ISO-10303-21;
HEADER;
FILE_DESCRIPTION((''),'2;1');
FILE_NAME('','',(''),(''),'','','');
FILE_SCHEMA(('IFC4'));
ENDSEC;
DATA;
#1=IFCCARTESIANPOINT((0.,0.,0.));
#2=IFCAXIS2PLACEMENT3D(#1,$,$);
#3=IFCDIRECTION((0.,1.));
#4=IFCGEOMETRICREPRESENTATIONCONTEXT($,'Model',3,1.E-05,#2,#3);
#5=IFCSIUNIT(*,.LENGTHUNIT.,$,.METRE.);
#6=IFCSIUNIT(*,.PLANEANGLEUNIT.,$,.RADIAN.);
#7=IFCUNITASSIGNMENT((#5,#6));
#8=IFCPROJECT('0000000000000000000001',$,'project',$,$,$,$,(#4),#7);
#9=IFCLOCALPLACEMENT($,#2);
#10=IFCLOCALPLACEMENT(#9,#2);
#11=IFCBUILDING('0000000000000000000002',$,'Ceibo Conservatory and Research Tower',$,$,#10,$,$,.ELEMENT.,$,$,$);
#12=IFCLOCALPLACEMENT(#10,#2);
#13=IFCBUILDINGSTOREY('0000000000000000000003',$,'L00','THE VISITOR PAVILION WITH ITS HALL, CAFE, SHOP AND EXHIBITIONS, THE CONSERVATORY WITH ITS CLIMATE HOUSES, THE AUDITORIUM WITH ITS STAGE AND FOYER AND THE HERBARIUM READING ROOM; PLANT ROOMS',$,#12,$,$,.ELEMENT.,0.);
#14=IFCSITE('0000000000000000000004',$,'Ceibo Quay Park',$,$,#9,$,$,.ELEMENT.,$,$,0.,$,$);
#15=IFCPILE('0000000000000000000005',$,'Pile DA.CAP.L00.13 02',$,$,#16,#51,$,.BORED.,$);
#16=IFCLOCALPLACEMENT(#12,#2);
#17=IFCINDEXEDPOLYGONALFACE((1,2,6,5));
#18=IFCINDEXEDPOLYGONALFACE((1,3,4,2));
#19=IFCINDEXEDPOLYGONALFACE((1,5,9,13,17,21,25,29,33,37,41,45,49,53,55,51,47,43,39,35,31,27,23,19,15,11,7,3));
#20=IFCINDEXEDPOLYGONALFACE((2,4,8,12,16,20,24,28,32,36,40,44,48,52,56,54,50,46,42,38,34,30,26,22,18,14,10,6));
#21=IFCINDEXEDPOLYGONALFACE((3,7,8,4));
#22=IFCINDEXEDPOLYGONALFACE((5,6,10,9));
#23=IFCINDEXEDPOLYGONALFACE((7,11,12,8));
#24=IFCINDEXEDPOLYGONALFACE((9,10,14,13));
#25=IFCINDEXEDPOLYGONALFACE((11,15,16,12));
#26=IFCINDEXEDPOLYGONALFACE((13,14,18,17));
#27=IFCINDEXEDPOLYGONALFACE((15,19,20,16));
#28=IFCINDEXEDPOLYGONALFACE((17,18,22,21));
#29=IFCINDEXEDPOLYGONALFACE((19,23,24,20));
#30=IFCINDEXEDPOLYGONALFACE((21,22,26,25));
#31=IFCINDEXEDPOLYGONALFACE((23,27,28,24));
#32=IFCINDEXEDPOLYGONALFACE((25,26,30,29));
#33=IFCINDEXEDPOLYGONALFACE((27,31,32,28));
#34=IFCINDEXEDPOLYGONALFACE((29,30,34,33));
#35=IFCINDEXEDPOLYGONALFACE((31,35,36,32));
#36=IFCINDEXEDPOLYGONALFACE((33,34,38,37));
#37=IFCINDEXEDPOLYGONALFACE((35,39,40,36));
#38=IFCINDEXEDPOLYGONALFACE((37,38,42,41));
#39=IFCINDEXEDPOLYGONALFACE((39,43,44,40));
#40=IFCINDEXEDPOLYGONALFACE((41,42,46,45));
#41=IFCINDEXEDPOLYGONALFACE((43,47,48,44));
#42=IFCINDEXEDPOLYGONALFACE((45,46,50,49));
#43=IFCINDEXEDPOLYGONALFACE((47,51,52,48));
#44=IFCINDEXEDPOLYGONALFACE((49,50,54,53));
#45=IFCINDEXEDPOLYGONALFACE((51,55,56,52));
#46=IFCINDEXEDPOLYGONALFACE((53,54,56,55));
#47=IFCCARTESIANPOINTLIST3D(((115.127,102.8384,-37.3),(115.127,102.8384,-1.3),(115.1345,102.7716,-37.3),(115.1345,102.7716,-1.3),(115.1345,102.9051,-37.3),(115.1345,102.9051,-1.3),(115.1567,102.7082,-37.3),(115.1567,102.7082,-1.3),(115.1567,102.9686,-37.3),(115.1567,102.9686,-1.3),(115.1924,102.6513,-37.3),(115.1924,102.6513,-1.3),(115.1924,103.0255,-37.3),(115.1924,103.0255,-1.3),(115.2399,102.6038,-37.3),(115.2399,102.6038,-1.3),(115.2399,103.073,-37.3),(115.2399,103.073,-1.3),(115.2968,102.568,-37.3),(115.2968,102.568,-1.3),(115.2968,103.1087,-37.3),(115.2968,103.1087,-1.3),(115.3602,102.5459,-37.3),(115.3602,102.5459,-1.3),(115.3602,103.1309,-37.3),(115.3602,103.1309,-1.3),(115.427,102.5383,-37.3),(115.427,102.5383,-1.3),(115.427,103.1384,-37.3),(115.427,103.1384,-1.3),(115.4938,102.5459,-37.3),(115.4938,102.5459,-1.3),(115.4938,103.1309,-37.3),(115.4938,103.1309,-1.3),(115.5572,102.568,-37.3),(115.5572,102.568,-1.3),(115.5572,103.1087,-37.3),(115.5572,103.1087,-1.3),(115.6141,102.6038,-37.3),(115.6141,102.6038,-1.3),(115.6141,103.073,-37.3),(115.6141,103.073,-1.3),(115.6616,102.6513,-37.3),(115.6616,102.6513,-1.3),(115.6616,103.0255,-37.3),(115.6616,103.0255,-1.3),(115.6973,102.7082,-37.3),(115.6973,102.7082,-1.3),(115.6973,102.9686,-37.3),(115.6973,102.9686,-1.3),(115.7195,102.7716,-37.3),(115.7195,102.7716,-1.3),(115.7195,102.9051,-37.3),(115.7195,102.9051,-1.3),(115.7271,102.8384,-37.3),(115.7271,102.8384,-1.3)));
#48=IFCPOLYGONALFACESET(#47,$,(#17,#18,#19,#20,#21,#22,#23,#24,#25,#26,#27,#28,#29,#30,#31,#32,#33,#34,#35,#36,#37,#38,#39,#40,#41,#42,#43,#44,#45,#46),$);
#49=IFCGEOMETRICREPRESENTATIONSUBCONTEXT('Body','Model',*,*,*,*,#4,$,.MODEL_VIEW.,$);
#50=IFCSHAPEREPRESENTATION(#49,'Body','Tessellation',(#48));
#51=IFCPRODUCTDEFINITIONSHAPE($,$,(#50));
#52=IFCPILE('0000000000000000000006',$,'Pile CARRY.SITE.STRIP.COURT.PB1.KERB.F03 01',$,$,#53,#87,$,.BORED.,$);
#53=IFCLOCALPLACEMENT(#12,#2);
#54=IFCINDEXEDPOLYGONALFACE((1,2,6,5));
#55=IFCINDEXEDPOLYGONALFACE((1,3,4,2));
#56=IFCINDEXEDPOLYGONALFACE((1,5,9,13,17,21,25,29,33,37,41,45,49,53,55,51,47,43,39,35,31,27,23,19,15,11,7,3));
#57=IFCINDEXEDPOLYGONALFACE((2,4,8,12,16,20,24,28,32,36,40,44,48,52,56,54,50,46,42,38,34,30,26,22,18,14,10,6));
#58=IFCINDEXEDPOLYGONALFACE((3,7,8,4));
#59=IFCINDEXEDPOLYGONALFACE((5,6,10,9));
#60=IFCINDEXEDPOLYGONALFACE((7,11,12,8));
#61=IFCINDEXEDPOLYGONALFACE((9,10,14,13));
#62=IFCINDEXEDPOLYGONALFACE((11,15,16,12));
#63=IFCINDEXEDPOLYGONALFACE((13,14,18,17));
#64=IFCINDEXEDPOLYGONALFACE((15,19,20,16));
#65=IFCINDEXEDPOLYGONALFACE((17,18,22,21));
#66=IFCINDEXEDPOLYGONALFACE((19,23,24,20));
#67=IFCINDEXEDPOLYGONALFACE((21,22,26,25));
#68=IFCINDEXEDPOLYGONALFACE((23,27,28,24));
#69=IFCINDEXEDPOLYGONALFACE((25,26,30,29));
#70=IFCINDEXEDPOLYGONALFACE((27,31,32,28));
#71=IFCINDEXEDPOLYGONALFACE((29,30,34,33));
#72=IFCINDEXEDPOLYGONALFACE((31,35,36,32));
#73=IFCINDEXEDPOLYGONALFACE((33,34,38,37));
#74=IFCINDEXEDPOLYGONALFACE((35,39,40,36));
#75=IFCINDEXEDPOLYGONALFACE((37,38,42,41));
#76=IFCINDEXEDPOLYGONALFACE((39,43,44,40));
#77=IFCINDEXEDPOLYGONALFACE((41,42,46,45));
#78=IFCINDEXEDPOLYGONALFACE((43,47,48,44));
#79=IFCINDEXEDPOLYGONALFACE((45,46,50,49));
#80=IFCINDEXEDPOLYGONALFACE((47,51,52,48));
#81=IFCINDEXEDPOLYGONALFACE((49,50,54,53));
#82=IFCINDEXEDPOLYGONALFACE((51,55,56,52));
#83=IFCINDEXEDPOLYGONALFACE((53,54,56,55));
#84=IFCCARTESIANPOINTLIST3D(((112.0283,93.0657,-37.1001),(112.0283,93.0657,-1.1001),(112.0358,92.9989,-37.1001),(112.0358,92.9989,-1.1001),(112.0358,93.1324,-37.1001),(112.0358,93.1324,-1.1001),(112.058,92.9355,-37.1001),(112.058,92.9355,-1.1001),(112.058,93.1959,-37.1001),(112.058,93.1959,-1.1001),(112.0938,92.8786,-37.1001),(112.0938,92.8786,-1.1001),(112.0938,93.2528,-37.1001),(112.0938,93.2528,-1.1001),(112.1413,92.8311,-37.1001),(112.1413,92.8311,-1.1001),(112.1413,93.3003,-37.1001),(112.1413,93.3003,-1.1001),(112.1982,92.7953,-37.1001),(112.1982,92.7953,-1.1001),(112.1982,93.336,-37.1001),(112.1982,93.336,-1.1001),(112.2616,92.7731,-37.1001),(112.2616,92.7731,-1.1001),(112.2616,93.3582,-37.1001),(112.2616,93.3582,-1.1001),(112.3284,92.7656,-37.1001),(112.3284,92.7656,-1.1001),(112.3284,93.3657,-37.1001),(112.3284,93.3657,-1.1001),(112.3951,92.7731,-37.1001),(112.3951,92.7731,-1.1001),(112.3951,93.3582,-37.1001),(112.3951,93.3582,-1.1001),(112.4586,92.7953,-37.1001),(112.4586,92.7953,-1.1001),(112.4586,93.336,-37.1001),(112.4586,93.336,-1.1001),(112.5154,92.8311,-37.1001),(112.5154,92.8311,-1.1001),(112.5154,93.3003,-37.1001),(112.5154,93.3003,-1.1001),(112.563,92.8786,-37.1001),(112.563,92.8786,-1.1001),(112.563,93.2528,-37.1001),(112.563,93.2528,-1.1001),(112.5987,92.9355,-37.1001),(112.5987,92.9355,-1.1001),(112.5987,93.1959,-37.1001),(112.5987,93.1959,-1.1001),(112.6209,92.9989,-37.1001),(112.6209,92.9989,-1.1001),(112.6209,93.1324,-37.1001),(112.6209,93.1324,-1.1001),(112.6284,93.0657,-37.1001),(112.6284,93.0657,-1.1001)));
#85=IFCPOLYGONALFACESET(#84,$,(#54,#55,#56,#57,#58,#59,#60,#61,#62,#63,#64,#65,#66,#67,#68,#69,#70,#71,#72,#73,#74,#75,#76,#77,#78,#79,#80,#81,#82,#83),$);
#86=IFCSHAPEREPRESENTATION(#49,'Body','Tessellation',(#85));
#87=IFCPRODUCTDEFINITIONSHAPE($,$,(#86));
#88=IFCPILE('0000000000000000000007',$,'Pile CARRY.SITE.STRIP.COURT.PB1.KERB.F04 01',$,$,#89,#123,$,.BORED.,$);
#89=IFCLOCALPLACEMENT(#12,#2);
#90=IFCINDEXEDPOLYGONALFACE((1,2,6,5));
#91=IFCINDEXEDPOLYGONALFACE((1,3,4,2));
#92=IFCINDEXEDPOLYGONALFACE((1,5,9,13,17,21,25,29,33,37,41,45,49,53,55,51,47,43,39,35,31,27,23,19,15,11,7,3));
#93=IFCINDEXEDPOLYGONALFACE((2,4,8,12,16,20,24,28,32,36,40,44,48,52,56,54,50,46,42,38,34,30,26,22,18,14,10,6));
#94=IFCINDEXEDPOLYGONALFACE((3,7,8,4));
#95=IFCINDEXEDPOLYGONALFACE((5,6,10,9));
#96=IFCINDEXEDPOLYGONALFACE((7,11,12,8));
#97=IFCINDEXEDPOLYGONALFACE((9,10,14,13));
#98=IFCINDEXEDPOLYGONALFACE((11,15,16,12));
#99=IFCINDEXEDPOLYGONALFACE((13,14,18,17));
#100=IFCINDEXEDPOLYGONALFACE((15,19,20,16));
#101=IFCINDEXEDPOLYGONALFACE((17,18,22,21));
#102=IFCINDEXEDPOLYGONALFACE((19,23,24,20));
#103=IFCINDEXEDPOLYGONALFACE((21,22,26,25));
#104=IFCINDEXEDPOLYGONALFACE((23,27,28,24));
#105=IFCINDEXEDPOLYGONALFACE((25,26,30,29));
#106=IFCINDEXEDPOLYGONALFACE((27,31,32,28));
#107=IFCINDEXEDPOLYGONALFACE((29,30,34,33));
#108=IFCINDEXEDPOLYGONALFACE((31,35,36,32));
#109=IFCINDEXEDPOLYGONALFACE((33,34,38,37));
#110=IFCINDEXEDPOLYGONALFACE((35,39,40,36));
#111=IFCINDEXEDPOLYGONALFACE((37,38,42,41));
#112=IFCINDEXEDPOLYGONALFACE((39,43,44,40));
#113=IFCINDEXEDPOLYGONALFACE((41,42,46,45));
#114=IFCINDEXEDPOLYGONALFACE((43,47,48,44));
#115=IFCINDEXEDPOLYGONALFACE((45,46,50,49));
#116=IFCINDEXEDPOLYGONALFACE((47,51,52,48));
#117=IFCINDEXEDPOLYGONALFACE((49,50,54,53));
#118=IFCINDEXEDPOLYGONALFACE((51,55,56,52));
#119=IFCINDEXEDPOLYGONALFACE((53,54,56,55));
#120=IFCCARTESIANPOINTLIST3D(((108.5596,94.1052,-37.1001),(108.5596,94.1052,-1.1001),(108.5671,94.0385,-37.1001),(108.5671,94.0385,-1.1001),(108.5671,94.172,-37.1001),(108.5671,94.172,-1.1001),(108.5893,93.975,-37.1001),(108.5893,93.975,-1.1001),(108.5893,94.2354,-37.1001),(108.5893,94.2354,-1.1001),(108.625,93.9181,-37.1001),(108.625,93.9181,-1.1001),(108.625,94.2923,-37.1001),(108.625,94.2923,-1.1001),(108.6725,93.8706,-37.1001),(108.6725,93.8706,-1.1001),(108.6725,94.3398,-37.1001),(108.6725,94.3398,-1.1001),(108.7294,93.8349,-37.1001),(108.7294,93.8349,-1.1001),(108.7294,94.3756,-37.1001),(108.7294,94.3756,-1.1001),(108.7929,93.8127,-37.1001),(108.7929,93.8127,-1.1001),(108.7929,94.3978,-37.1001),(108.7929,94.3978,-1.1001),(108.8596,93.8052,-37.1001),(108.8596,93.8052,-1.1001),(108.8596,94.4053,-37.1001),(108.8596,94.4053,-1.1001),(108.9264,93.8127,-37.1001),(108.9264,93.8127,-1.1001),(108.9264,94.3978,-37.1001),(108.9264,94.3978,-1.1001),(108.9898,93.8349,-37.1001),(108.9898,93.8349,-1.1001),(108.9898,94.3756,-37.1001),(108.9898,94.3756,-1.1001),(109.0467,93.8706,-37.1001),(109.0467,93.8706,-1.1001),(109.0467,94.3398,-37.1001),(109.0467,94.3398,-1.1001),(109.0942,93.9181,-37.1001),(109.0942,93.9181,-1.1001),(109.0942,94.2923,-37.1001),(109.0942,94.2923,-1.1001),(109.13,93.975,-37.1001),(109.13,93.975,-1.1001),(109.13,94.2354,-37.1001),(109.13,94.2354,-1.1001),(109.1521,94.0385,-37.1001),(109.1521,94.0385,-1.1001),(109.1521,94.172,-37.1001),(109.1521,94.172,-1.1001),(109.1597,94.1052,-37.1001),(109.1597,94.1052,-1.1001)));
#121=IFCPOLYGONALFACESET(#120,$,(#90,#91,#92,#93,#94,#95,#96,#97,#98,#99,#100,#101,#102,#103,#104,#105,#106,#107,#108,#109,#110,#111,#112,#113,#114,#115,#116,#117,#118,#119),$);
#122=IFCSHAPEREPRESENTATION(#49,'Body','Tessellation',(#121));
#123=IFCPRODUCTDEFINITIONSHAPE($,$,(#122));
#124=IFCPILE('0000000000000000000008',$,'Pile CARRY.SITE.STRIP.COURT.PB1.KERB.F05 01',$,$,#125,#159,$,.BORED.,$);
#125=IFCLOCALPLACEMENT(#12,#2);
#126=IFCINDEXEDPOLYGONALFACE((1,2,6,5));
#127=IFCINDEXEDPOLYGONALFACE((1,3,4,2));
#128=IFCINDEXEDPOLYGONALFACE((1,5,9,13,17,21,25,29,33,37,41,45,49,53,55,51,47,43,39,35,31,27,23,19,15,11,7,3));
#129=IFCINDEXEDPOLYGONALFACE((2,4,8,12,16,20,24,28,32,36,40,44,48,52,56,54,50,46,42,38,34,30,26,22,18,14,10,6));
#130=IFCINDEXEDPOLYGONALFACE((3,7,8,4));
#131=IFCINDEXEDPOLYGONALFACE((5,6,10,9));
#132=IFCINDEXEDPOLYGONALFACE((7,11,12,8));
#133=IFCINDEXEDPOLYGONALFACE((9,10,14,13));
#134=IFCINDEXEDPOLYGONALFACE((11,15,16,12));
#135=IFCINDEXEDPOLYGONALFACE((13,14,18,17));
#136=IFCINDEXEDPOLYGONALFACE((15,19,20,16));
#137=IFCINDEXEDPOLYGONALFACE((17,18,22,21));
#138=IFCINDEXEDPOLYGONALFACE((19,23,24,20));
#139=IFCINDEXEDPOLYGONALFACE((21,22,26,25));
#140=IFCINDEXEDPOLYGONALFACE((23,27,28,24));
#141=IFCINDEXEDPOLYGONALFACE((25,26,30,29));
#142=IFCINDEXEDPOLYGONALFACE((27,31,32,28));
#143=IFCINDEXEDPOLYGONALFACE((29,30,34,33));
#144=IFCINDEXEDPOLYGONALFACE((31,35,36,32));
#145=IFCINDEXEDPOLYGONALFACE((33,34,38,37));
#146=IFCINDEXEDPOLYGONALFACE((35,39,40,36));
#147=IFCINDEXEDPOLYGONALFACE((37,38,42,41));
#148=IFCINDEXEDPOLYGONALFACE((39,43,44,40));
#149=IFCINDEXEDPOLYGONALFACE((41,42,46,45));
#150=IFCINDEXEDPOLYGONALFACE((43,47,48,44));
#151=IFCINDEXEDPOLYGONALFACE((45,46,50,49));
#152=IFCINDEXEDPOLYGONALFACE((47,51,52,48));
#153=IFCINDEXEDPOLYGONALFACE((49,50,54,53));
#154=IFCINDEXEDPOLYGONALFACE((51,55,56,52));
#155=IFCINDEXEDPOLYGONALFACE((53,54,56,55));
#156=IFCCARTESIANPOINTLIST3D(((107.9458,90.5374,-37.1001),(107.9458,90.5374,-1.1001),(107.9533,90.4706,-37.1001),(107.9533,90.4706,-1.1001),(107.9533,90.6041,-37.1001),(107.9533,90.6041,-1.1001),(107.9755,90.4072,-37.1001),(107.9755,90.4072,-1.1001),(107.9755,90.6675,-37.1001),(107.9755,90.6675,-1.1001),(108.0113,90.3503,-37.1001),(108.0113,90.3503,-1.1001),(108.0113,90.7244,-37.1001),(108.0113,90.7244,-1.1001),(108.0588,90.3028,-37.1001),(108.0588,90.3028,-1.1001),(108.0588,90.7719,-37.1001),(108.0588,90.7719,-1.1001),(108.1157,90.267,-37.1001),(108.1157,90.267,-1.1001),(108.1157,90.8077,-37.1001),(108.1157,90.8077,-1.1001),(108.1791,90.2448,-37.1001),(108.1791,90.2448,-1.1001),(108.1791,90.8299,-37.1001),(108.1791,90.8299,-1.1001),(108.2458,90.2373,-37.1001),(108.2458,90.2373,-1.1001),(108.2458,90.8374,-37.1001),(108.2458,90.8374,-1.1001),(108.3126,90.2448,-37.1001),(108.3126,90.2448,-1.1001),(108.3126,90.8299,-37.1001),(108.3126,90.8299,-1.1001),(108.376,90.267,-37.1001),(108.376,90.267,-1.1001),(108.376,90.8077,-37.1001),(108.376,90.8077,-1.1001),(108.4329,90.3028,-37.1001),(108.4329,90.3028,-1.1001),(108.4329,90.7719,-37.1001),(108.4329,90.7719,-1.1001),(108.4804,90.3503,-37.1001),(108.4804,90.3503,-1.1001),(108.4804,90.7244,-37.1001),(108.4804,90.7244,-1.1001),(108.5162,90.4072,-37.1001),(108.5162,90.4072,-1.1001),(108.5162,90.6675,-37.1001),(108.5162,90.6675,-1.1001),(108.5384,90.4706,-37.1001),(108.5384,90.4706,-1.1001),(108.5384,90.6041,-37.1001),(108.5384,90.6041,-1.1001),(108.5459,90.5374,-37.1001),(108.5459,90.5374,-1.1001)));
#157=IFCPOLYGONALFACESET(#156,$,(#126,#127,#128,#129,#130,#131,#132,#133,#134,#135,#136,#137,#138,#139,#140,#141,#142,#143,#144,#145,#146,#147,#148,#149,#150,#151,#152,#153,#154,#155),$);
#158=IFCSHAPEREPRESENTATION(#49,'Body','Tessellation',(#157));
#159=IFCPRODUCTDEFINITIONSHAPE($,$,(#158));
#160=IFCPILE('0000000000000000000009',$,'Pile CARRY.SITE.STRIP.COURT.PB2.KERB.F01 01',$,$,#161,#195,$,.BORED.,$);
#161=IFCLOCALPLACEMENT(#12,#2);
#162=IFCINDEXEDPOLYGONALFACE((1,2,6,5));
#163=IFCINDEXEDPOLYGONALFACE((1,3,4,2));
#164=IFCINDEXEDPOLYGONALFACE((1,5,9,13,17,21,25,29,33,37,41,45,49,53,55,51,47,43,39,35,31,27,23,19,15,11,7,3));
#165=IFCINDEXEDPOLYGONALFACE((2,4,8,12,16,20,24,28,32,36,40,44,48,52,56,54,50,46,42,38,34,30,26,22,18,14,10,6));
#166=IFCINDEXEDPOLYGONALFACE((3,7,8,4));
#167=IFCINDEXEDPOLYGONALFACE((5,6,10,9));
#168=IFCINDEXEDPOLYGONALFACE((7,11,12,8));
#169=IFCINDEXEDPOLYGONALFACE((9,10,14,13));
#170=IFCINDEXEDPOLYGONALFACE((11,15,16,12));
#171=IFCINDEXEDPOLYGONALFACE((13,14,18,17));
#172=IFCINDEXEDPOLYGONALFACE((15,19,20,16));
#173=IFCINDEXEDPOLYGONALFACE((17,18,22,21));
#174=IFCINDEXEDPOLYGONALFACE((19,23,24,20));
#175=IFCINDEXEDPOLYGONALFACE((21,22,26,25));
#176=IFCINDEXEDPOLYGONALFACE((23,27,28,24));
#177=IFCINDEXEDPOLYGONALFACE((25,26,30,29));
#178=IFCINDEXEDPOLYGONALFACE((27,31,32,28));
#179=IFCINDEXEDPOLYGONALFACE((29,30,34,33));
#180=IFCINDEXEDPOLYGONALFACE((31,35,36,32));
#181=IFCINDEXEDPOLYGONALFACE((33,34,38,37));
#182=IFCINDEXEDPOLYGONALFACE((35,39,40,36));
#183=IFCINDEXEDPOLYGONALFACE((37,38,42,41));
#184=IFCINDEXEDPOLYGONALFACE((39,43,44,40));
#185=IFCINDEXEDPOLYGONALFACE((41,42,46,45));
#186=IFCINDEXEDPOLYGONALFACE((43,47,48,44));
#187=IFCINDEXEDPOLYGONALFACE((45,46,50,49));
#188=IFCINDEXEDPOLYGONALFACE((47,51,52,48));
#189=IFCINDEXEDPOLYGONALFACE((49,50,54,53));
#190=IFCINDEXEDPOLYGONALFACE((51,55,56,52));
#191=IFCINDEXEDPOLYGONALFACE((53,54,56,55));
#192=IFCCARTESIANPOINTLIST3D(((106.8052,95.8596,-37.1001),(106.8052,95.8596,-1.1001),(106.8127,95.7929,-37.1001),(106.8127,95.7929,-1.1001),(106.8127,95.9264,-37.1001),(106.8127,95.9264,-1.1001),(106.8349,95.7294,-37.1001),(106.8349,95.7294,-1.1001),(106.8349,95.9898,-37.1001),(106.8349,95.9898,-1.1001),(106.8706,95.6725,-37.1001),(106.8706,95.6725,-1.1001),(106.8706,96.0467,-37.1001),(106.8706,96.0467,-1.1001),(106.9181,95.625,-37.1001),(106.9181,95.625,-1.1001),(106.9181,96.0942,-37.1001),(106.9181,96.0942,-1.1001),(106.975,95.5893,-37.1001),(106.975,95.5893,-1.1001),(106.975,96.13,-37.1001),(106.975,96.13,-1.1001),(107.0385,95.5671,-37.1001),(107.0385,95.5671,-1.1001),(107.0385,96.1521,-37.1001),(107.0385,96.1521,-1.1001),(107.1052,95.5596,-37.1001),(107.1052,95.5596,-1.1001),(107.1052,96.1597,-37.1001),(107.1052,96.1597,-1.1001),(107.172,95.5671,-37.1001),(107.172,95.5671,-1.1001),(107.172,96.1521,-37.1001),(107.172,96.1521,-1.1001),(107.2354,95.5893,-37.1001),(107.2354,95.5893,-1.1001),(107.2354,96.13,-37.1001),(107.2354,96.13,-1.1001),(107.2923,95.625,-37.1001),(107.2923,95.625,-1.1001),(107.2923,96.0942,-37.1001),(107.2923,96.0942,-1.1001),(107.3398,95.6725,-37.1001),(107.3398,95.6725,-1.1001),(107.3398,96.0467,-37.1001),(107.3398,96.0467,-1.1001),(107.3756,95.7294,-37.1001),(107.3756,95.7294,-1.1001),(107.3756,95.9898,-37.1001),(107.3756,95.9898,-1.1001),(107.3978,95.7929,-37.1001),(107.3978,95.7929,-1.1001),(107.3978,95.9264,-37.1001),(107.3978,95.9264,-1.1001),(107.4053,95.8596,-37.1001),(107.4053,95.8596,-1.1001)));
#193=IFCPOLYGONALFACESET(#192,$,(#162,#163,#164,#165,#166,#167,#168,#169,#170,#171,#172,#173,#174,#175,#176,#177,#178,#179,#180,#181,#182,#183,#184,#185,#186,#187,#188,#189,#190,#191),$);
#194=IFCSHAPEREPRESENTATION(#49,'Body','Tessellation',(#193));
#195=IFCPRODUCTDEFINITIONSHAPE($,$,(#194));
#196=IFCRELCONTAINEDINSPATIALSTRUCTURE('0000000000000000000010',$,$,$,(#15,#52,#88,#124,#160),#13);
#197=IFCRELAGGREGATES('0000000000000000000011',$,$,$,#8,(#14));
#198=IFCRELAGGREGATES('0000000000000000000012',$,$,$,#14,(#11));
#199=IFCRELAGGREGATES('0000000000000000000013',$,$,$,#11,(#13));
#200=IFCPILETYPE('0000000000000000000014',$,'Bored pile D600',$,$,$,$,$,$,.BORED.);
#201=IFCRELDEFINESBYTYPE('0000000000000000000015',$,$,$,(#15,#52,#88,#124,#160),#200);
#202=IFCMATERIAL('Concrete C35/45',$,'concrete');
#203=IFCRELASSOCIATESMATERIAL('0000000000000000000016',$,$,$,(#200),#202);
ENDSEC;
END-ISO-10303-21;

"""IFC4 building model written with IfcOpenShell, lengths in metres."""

from ifc_helpers import new_model, si_unit, direction, frame, origin, origin_2d, place, context, subcontext, project, spatial, circle, extrude, material, material_profile, profile_set, type_object, element, save


model = new_model("IFC4")

# Units and contexts
model_context = context("Model", 3, precision=1e-05, world=origin(), true_north=direction((0.0, 1.0)))
body_context = subcontext(model_context, "Body", "Model", "MODEL_VIEW")
ifc_project = project(units=[si_unit("LENGTHUNIT", "METRE"), si_unit("PLANEANGLEUNIT", "RADIAN")], contexts=[model_context])

# Site, building, storey
site_placement = place(None, origin())
site = spatial("IfcSite", under=ifc_project, at=site_placement, Name="Ceibo Quay Park", CompositionType="ELEMENT", RefElevation=0.0)
building_placement = place(site_placement, origin())
building = spatial("IfcBuilding", under=site, at=building_placement, Name="Ceibo Conservatory and Research Tower", CompositionType="ELEMENT")
storey_placement = place(building_placement, origin())
storey = spatial("IfcBuildingStorey", under=building, at=storey_placement, Name="L00", Description="THE VISITOR PAVILION WITH ITS HALL, CAFE, SHOP AND EXHIBITIONS, THE CONSERVATORY WITH ITS CLIMATE HOUSES, THE AUDITORIUM WITH ITS STAGE AND FOYER AND THE HERBARIUM READING ROOM; PLANT ROOMS", CompositionType="ELEMENT", Elevation=0.0)

# Piles
ifc_material_1 = material(Name="Concrete C35/45", Category="concrete")
ifc_material_profile_1 = material_profile(ifc_material_1, circle(Radius=0.3, at=origin_2d()), Name="RC D600")
ifc_profile_set_1 = profile_set([ifc_material_profile_1], Name="Concrete C35/45")
pile_type = type_object("IfcPileType", Name="Bored pile D600", PredefinedType="BORED", material=ifc_profile_set_1)
for number, where, z_axis, x_axis, name in (
    (1, (115.427, 102.8384, -1.3), (0.0, 0.0, -1.0), (1.0, 0.0, 0.0), "Pile DA.CAP.L00.13 02"),
    (2, (112.3284, 93.0657, -1.1001), (0.0, 0.0, -1.0), (1.0, 0.0, 0.0), "Pile CARRY.SITE.STRIP.COURT.PB1.KERB.F03 01"),
    (3, (108.8596, 94.1052, -1.1001), (0.0, 0.0, -1.0), (1.0, 0.0, 0.0), "Pile CARRY.SITE.STRIP.COURT.PB1.KERB.F04 01"),
    (4, (108.2458, 90.5374, -1.1001), (0.0, 0.0, -1.0), (1.0, 0.0, 0.0), "Pile CARRY.SITE.STRIP.COURT.PB1.KERB.F05 01"),
    (5, (107.1052, 95.8596, -1.1001), (0.0, 0.0, -1.0), (1.0, 0.0, 0.0), "Pile CARRY.SITE.STRIP.COURT.PB2.KERB.F01 01"),
):
    element("IfcPile", number, at=place(storey_placement, frame(where, z_axis=z_axis, x_axis=x_axis)), inside=storey, type_object=pile_type, Name=name, PredefinedType="BORED", context=body_context, shape_type="SweptSolid", body=[
        extrude(circle(Radius=0.3, at=origin_2d()), origin(), (0.0, 0.0, 1.0), 36.0),
    ])

save(model, "model.ifc")
